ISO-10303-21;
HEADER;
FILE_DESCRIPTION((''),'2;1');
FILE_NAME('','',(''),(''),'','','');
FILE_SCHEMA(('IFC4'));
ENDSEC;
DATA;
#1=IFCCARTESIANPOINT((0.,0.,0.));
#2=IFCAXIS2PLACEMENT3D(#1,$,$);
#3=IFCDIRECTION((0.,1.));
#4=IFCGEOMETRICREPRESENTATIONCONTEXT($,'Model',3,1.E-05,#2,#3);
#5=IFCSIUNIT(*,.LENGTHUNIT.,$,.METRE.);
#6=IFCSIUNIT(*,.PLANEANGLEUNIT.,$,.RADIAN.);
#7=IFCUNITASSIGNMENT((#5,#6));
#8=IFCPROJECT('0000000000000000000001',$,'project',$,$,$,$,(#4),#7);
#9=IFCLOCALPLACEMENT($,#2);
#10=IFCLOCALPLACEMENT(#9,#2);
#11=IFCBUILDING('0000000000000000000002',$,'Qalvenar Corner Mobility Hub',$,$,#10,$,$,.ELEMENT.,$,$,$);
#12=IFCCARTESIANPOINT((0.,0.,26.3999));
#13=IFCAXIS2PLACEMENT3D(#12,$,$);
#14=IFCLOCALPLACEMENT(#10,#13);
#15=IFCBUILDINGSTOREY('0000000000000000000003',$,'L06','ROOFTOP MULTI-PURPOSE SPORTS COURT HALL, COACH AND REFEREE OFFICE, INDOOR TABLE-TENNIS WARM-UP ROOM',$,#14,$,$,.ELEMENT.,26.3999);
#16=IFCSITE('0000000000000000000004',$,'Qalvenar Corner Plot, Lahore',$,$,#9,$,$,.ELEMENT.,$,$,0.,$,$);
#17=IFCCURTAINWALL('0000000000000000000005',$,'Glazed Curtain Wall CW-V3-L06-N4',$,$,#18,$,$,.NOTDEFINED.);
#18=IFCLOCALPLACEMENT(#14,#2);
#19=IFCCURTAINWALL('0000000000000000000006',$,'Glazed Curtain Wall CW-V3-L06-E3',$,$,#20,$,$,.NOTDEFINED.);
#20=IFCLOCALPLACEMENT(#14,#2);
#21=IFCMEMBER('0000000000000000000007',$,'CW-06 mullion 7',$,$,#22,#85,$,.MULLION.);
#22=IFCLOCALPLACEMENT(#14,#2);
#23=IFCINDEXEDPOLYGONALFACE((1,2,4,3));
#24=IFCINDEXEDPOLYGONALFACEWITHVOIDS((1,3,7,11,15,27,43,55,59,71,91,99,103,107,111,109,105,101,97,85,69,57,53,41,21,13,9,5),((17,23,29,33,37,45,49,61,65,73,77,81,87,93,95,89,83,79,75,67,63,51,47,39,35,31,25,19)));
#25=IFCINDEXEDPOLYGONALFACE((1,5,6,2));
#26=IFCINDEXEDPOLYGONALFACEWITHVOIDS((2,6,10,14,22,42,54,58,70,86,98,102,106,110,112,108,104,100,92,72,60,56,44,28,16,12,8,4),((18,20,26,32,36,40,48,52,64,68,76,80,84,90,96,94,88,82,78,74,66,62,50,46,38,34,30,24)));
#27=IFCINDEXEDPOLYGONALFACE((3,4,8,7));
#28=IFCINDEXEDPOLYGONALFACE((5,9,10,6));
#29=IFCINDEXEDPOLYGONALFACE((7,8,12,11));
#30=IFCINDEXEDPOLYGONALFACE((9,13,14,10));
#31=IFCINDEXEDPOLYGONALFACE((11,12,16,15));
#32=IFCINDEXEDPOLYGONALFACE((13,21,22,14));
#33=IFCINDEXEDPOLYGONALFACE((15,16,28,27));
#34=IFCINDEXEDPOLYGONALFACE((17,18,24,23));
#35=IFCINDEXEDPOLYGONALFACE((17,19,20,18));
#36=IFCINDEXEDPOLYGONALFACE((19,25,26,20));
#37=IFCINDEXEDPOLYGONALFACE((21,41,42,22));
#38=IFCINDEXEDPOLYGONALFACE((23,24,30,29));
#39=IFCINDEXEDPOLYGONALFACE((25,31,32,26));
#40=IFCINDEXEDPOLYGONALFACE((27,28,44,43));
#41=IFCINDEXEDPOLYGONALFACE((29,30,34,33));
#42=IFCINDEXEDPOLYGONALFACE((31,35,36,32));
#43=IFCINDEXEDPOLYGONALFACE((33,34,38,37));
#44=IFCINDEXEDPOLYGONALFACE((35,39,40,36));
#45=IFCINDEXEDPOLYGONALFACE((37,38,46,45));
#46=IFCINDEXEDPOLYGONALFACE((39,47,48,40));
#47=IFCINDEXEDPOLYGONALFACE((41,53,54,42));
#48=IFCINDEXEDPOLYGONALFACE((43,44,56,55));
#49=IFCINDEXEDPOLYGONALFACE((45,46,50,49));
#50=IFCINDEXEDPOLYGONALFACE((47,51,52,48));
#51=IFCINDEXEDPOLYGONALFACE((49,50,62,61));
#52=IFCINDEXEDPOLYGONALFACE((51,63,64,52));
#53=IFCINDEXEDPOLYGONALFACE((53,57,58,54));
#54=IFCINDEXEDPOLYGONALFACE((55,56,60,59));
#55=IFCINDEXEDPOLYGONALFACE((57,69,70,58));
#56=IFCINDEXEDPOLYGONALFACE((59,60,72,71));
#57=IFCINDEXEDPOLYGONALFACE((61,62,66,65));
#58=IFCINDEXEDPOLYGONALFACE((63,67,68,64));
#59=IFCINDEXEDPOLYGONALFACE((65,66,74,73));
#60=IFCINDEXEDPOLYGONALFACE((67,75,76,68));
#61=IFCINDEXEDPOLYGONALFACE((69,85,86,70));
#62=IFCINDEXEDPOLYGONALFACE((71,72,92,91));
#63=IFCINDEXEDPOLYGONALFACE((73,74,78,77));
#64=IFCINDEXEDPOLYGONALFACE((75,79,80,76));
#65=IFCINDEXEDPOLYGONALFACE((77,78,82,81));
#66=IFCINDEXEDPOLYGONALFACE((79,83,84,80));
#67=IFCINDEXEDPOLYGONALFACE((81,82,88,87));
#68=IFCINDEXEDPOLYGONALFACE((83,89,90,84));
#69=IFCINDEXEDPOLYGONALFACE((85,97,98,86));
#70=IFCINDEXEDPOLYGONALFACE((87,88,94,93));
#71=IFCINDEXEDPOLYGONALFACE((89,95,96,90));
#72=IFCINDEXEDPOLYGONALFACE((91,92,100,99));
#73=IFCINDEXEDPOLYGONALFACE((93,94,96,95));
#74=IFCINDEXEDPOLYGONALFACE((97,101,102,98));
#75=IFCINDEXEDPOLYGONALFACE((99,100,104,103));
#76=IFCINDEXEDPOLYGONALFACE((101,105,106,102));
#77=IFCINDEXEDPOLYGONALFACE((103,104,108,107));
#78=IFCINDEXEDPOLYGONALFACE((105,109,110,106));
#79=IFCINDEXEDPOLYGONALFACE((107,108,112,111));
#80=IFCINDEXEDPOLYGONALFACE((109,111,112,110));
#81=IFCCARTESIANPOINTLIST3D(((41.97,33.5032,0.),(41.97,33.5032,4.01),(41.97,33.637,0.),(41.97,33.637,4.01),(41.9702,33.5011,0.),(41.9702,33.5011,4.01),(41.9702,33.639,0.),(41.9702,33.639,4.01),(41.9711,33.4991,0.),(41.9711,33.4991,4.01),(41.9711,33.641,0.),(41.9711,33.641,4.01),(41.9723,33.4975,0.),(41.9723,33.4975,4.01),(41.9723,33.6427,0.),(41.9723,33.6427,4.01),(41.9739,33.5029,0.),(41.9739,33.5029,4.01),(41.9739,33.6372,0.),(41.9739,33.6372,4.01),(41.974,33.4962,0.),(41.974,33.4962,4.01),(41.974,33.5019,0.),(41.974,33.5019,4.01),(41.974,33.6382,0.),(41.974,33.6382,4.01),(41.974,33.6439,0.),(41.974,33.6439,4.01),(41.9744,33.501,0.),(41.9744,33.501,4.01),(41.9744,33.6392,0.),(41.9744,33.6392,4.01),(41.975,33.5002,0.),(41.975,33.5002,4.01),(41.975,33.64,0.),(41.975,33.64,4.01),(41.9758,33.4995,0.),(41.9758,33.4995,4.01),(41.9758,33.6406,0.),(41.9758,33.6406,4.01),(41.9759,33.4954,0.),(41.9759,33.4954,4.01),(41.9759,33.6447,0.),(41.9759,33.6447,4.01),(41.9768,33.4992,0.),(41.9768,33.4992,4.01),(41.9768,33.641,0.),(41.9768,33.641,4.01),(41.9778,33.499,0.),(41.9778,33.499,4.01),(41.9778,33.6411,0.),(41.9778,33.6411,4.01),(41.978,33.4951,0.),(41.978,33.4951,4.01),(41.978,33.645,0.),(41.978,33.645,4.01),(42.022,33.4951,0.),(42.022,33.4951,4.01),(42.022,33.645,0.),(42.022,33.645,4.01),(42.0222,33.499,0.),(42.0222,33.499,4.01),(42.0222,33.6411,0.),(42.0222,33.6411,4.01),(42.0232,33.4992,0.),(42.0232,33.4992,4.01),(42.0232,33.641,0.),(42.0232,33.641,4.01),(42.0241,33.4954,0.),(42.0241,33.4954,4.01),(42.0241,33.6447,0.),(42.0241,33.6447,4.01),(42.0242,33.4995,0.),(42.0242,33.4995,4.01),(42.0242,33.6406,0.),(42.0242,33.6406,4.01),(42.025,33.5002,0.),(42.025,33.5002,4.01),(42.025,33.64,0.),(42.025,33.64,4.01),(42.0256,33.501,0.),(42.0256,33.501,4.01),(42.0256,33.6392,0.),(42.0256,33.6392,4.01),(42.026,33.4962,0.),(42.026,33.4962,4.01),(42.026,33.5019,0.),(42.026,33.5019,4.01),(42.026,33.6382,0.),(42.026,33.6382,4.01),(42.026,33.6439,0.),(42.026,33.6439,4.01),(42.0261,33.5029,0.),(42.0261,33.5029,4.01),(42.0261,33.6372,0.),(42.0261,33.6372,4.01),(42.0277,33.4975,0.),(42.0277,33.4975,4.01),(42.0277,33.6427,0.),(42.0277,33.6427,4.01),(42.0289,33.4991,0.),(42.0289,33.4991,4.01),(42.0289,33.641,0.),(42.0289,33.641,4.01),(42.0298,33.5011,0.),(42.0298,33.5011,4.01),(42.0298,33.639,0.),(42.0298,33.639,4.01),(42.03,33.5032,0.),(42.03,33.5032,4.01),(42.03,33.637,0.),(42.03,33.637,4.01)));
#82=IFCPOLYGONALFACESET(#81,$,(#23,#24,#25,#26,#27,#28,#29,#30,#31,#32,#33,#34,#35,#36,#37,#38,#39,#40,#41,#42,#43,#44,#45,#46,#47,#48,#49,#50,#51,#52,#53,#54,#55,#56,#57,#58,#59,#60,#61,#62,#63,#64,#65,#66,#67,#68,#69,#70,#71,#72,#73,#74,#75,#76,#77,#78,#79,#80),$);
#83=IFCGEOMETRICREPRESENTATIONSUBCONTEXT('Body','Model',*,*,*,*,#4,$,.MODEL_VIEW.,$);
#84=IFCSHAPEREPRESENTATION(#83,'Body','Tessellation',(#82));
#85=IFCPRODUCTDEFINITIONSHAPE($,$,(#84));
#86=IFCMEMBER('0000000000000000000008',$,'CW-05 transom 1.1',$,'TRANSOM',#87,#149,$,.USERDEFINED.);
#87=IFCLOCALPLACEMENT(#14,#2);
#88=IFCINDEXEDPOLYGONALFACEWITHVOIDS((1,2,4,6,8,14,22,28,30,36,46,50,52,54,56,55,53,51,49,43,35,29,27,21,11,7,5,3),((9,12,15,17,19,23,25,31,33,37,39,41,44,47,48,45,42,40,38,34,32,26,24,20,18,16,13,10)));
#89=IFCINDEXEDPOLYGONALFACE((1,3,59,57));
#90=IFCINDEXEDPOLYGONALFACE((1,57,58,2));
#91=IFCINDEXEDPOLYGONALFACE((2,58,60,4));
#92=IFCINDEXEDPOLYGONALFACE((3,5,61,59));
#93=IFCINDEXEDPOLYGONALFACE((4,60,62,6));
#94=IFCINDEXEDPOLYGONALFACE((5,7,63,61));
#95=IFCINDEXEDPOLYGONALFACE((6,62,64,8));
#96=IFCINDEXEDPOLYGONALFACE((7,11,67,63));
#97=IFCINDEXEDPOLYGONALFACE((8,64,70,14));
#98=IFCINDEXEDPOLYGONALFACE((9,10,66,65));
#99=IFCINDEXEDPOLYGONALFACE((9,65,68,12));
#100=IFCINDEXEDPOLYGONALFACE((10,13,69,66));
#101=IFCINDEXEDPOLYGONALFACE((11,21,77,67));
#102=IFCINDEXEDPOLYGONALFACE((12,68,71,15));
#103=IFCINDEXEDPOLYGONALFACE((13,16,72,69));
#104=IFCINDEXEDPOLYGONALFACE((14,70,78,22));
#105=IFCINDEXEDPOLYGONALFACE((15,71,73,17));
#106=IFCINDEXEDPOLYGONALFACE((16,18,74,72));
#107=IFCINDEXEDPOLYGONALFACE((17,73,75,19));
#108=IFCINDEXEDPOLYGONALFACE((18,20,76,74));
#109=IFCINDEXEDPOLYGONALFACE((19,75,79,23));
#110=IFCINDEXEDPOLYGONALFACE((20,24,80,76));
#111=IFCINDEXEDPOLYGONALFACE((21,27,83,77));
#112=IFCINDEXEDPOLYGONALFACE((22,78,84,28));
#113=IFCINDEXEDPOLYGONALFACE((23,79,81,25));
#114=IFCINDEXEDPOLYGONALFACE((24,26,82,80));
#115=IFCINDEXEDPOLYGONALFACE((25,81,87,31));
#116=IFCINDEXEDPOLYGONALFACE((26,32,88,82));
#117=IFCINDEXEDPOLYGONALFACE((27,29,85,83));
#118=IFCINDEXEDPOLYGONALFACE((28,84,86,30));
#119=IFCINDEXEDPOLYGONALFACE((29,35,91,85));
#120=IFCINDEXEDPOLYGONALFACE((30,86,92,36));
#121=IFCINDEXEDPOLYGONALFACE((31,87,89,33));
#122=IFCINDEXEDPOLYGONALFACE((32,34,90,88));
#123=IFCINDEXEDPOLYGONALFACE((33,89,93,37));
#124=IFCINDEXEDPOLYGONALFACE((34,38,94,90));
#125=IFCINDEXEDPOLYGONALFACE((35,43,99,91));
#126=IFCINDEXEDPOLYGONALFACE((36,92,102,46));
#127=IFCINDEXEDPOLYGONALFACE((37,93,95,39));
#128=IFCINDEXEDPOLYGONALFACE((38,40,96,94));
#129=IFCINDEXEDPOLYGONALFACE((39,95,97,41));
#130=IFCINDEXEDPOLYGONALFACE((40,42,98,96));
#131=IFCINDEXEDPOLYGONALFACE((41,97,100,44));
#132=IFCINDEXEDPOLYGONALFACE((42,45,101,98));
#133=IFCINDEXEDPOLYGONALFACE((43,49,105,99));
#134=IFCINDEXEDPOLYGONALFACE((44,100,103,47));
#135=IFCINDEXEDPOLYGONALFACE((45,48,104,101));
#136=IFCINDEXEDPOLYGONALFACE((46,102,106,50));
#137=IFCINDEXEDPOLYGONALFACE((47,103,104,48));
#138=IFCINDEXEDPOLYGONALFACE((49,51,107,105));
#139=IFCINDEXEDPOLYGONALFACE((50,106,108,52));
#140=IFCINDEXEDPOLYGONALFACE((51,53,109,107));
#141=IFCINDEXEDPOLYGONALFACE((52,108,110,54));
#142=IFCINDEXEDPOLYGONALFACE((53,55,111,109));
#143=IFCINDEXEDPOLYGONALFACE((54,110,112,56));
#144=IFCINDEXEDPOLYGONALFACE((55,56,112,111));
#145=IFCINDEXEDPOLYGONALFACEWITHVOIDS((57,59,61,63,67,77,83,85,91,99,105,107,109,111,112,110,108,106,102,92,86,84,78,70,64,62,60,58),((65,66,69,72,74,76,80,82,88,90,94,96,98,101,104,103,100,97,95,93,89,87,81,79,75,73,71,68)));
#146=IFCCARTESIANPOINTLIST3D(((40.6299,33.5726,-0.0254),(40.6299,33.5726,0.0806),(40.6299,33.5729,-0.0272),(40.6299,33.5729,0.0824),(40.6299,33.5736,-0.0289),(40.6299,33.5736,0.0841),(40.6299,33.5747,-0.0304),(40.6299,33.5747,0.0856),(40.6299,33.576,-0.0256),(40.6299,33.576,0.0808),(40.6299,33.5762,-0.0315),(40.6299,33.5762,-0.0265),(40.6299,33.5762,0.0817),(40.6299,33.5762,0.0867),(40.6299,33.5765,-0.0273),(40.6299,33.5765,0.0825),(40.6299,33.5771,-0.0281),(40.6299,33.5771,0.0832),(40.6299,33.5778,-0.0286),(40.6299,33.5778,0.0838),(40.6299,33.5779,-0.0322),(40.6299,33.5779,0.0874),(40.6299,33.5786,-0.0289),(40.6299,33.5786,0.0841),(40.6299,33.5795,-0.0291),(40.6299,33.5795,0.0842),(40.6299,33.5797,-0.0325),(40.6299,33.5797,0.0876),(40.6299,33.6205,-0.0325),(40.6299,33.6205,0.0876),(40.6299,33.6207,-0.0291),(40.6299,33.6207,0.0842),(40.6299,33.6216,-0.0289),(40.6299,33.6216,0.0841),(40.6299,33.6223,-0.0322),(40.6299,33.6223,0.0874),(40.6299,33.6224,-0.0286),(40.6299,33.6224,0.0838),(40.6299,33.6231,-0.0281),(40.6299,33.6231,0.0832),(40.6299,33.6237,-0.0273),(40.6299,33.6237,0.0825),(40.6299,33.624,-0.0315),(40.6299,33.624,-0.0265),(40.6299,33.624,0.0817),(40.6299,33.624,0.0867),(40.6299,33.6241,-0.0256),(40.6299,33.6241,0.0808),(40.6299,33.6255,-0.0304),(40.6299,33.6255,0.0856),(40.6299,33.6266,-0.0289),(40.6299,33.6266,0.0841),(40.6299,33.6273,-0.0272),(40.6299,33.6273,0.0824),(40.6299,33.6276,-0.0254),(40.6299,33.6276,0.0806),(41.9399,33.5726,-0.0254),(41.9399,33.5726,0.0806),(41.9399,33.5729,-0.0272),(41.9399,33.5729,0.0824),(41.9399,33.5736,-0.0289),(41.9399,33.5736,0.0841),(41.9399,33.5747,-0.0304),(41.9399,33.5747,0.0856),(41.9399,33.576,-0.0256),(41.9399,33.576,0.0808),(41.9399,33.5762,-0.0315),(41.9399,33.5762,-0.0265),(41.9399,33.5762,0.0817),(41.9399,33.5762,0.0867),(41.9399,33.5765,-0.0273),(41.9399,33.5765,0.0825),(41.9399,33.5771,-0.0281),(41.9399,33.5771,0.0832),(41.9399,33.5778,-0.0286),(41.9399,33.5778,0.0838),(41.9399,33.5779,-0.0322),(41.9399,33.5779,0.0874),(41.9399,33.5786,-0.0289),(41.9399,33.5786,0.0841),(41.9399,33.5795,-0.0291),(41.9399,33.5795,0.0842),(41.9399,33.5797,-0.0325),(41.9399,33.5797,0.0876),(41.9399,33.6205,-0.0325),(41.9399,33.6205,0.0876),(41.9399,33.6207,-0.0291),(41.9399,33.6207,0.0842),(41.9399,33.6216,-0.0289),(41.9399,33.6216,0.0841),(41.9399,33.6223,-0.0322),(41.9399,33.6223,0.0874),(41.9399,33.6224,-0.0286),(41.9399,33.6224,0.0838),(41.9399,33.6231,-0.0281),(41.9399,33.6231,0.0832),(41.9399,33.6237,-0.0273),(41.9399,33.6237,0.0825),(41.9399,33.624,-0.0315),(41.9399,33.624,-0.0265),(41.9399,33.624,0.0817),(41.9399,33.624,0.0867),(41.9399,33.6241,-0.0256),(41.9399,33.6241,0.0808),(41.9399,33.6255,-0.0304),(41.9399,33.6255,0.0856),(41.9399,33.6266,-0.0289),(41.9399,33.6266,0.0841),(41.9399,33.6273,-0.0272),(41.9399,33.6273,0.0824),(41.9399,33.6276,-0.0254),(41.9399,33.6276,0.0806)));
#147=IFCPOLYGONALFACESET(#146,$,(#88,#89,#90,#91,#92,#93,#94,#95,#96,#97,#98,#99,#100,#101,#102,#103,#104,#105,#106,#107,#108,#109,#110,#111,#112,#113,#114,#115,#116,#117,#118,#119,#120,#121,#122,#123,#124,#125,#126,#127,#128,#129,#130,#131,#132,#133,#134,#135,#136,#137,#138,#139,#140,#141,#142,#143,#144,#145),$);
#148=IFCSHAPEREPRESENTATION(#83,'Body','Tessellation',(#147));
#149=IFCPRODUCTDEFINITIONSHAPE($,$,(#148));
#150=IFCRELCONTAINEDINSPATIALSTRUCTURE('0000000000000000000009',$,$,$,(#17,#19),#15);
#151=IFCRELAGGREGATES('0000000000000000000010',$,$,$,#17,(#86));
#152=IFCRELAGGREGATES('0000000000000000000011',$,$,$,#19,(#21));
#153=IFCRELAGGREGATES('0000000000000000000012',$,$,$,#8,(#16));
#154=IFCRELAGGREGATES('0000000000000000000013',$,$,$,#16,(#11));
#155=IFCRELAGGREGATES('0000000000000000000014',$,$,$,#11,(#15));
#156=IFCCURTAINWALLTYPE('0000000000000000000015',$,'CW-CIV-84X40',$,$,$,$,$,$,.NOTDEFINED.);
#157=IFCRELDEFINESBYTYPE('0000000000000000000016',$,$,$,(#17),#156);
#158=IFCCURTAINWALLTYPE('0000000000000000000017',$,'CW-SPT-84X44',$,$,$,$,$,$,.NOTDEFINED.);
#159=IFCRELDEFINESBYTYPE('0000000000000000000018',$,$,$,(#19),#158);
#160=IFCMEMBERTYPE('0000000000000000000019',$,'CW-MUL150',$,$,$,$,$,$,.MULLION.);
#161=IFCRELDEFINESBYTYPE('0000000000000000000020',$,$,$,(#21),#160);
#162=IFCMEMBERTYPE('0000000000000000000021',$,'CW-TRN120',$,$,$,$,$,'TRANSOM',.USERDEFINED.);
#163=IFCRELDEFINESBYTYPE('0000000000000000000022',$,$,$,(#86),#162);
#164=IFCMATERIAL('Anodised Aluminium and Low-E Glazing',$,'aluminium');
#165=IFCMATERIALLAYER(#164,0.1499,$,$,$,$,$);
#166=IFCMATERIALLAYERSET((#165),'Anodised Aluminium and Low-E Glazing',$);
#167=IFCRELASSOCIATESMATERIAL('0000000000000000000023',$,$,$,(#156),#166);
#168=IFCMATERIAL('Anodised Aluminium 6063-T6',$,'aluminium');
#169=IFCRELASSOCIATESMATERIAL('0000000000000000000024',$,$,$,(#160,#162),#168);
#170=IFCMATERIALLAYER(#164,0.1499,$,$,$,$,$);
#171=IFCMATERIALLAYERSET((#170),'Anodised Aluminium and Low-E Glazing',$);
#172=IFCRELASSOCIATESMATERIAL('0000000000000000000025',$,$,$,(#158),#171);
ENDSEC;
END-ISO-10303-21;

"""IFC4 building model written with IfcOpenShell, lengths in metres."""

from ifc_helpers import new_model, si_unit, direction, frame, origin, origin_2d, place, context, subcontext, project, spatial, hollow_rectangle, extrude, material, layer, layer_set, material_profile, profile_set, type_object, element, aggregate, save


model = new_model("IFC4")

# Units and contexts
model_context = context("Model", 3, precision=1e-05, world=origin(), true_north=direction((0.0, 1.0)))
body_context = subcontext(model_context, "Body", "Model", "MODEL_VIEW")
ifc_project = project(units=[si_unit("LENGTHUNIT", "METRE"), si_unit("PLANEANGLEUNIT", "RADIAN")], contexts=[model_context])

# Site, building, storey
site_placement = place(None, origin())
site = spatial("IfcSite", under=ifc_project, at=site_placement, Name="Qalvenar Corner Plot, Lahore", CompositionType="ELEMENT", RefElevation=0.0)
building_placement = place(site_placement, origin())
building = spatial("IfcBuilding", under=site, at=building_placement, Name="Qalvenar Corner Mobility Hub", CompositionType="ELEMENT")
storey_placement = place(building_placement, frame((0.0, 0.0, 26.3999)))
storey = spatial("IfcBuildingStorey", under=building, at=storey_placement, Name="L06", Description="ROOFTOP MULTI-PURPOSE SPORTS COURT HALL, COACH AND REFEREE OFFICE, INDOOR TABLE-TENNIS WARM-UP ROOM", CompositionType="ELEMENT", Elevation=26.3999)

# Curtain wall
ifc_material_1 = material(Name="Anodised Aluminium and Low-E Glazing", Category="aluminium")
ifc_layer_1 = layer(ifc_material_1, 0.1499)
ifc_layer_set_1 = layer_set([ifc_layer_1], Name="Anodised Aluminium and Low-E Glazing")
curtain_wall_type_1 = type_object("IfcCurtainWallType", Name="CW-CIV-84X40", PredefinedType="NOTDEFINED", material=ifc_layer_set_1)
curtain_wall_1_placement = place(storey_placement, origin())
curtain_wall_1 = element("IfcCurtainWall", 1, at=curtain_wall_1_placement, inside=storey, type_object=curtain_wall_type_1, Name="Glazed Curtain Wall CW-V3-L06-N4", PredefinedType="NOTDEFINED")
ifc_material_2 = material(Name="Anodised Aluminium 6063-T6", Category="aluminium")
ifc_material_profile_1 = material_profile(ifc_material_2, hollow_rectangle(XDim=0.0601, YDim=0.1499, WallThickness=0.0039, InnerFilletRadius=0.0039, OuterFilletRadius=0.0081, at=origin_2d()), Name="RHS150x60x4")
ifc_profile_set_1 = profile_set([ifc_material_profile_1], Name="Anodised Aluminium 6063-T6")
member_type_1 = type_object("IfcMemberType", Name="CW-MUL150", PredefinedType="MULLION", material=ifc_profile_set_1)

# Curtain wall, member
ifc_layer_2 = layer(ifc_material_1, 0.1499)
ifc_layer_set_2 = layer_set([ifc_layer_2], Name="Anodised Aluminium and Low-E Glazing")
curtain_wall_type_2 = type_object("IfcCurtainWallType", Name="CW-SPT-84X44", PredefinedType="NOTDEFINED", material=ifc_layer_set_2)
curtain_wall_2_placement = place(storey_placement, origin())
curtain_wall_2 = element("IfcCurtainWall", 2, at=curtain_wall_2_placement, inside=storey, type_object=curtain_wall_type_2, Name="Glazed Curtain Wall CW-V3-L06-E3", PredefinedType="NOTDEFINED")
member_1_placement = place(storey_placement, frame((42.0, 33.5701, 0.0), z_axis=(0.0, 0.0, 1.0), x_axis=(-1.0, 0.0, 0.0)))
member_1 = element("IfcMember", 3, at=member_1_placement, type_object=member_type_1, Name="CW-06 mullion 7", PredefinedType="MULLION", context=body_context, shape_type="SweptSolid", body=[
    extrude(hollow_rectangle(XDim=0.0601, YDim=0.1499, WallThickness=0.0039, InnerFilletRadius=0.0039, OuterFilletRadius=0.0081, at=origin_2d()), origin(), (0.0, 0.0, 1.0), 4.01),
])

# Member
ifc_material_profile_2 = material_profile(ifc_material_2, hollow_rectangle(XDim=0.0549, YDim=0.1201, WallThickness=0.0034, InnerFilletRadius=0.0034, OuterFilletRadius=0.0071, at=origin_2d()), Name="RHS120x55x3.5")
ifc_profile_set_2 = profile_set([ifc_material_profile_2], Name="Anodised Aluminium 6063-T6")
member_type_2 = type_object("IfcMemberType", Name="CW-TRN120", ElementType="TRANSOM", PredefinedType="USERDEFINED", material=ifc_profile_set_2)
member_2_placement = place(storey_placement, frame((41.9399, 33.6001, 0.0276), z_axis=(-1.0, 0.0, 0.0), x_axis=(0.0, -1.0, 0.0)))
member_2 = element("IfcMember", 4, at=member_2_placement, type_object=member_type_2, Name="CW-05 transom 1.1", ObjectType="TRANSOM", PredefinedType="USERDEFINED", context=body_context, shape_type="SweptSolid", body=[
    extrude(hollow_rectangle(XDim=0.0549, YDim=0.1201, WallThickness=0.0034, InnerFilletRadius=0.0034, OuterFilletRadius=0.0071, at=origin_2d()), origin(), (0.0, 0.0, 1.0), 1.3101),
])

aggregate(curtain_wall_1, [member_2])
aggregate(curtain_wall_2, [member_1])

save(model, "model.ifc")
